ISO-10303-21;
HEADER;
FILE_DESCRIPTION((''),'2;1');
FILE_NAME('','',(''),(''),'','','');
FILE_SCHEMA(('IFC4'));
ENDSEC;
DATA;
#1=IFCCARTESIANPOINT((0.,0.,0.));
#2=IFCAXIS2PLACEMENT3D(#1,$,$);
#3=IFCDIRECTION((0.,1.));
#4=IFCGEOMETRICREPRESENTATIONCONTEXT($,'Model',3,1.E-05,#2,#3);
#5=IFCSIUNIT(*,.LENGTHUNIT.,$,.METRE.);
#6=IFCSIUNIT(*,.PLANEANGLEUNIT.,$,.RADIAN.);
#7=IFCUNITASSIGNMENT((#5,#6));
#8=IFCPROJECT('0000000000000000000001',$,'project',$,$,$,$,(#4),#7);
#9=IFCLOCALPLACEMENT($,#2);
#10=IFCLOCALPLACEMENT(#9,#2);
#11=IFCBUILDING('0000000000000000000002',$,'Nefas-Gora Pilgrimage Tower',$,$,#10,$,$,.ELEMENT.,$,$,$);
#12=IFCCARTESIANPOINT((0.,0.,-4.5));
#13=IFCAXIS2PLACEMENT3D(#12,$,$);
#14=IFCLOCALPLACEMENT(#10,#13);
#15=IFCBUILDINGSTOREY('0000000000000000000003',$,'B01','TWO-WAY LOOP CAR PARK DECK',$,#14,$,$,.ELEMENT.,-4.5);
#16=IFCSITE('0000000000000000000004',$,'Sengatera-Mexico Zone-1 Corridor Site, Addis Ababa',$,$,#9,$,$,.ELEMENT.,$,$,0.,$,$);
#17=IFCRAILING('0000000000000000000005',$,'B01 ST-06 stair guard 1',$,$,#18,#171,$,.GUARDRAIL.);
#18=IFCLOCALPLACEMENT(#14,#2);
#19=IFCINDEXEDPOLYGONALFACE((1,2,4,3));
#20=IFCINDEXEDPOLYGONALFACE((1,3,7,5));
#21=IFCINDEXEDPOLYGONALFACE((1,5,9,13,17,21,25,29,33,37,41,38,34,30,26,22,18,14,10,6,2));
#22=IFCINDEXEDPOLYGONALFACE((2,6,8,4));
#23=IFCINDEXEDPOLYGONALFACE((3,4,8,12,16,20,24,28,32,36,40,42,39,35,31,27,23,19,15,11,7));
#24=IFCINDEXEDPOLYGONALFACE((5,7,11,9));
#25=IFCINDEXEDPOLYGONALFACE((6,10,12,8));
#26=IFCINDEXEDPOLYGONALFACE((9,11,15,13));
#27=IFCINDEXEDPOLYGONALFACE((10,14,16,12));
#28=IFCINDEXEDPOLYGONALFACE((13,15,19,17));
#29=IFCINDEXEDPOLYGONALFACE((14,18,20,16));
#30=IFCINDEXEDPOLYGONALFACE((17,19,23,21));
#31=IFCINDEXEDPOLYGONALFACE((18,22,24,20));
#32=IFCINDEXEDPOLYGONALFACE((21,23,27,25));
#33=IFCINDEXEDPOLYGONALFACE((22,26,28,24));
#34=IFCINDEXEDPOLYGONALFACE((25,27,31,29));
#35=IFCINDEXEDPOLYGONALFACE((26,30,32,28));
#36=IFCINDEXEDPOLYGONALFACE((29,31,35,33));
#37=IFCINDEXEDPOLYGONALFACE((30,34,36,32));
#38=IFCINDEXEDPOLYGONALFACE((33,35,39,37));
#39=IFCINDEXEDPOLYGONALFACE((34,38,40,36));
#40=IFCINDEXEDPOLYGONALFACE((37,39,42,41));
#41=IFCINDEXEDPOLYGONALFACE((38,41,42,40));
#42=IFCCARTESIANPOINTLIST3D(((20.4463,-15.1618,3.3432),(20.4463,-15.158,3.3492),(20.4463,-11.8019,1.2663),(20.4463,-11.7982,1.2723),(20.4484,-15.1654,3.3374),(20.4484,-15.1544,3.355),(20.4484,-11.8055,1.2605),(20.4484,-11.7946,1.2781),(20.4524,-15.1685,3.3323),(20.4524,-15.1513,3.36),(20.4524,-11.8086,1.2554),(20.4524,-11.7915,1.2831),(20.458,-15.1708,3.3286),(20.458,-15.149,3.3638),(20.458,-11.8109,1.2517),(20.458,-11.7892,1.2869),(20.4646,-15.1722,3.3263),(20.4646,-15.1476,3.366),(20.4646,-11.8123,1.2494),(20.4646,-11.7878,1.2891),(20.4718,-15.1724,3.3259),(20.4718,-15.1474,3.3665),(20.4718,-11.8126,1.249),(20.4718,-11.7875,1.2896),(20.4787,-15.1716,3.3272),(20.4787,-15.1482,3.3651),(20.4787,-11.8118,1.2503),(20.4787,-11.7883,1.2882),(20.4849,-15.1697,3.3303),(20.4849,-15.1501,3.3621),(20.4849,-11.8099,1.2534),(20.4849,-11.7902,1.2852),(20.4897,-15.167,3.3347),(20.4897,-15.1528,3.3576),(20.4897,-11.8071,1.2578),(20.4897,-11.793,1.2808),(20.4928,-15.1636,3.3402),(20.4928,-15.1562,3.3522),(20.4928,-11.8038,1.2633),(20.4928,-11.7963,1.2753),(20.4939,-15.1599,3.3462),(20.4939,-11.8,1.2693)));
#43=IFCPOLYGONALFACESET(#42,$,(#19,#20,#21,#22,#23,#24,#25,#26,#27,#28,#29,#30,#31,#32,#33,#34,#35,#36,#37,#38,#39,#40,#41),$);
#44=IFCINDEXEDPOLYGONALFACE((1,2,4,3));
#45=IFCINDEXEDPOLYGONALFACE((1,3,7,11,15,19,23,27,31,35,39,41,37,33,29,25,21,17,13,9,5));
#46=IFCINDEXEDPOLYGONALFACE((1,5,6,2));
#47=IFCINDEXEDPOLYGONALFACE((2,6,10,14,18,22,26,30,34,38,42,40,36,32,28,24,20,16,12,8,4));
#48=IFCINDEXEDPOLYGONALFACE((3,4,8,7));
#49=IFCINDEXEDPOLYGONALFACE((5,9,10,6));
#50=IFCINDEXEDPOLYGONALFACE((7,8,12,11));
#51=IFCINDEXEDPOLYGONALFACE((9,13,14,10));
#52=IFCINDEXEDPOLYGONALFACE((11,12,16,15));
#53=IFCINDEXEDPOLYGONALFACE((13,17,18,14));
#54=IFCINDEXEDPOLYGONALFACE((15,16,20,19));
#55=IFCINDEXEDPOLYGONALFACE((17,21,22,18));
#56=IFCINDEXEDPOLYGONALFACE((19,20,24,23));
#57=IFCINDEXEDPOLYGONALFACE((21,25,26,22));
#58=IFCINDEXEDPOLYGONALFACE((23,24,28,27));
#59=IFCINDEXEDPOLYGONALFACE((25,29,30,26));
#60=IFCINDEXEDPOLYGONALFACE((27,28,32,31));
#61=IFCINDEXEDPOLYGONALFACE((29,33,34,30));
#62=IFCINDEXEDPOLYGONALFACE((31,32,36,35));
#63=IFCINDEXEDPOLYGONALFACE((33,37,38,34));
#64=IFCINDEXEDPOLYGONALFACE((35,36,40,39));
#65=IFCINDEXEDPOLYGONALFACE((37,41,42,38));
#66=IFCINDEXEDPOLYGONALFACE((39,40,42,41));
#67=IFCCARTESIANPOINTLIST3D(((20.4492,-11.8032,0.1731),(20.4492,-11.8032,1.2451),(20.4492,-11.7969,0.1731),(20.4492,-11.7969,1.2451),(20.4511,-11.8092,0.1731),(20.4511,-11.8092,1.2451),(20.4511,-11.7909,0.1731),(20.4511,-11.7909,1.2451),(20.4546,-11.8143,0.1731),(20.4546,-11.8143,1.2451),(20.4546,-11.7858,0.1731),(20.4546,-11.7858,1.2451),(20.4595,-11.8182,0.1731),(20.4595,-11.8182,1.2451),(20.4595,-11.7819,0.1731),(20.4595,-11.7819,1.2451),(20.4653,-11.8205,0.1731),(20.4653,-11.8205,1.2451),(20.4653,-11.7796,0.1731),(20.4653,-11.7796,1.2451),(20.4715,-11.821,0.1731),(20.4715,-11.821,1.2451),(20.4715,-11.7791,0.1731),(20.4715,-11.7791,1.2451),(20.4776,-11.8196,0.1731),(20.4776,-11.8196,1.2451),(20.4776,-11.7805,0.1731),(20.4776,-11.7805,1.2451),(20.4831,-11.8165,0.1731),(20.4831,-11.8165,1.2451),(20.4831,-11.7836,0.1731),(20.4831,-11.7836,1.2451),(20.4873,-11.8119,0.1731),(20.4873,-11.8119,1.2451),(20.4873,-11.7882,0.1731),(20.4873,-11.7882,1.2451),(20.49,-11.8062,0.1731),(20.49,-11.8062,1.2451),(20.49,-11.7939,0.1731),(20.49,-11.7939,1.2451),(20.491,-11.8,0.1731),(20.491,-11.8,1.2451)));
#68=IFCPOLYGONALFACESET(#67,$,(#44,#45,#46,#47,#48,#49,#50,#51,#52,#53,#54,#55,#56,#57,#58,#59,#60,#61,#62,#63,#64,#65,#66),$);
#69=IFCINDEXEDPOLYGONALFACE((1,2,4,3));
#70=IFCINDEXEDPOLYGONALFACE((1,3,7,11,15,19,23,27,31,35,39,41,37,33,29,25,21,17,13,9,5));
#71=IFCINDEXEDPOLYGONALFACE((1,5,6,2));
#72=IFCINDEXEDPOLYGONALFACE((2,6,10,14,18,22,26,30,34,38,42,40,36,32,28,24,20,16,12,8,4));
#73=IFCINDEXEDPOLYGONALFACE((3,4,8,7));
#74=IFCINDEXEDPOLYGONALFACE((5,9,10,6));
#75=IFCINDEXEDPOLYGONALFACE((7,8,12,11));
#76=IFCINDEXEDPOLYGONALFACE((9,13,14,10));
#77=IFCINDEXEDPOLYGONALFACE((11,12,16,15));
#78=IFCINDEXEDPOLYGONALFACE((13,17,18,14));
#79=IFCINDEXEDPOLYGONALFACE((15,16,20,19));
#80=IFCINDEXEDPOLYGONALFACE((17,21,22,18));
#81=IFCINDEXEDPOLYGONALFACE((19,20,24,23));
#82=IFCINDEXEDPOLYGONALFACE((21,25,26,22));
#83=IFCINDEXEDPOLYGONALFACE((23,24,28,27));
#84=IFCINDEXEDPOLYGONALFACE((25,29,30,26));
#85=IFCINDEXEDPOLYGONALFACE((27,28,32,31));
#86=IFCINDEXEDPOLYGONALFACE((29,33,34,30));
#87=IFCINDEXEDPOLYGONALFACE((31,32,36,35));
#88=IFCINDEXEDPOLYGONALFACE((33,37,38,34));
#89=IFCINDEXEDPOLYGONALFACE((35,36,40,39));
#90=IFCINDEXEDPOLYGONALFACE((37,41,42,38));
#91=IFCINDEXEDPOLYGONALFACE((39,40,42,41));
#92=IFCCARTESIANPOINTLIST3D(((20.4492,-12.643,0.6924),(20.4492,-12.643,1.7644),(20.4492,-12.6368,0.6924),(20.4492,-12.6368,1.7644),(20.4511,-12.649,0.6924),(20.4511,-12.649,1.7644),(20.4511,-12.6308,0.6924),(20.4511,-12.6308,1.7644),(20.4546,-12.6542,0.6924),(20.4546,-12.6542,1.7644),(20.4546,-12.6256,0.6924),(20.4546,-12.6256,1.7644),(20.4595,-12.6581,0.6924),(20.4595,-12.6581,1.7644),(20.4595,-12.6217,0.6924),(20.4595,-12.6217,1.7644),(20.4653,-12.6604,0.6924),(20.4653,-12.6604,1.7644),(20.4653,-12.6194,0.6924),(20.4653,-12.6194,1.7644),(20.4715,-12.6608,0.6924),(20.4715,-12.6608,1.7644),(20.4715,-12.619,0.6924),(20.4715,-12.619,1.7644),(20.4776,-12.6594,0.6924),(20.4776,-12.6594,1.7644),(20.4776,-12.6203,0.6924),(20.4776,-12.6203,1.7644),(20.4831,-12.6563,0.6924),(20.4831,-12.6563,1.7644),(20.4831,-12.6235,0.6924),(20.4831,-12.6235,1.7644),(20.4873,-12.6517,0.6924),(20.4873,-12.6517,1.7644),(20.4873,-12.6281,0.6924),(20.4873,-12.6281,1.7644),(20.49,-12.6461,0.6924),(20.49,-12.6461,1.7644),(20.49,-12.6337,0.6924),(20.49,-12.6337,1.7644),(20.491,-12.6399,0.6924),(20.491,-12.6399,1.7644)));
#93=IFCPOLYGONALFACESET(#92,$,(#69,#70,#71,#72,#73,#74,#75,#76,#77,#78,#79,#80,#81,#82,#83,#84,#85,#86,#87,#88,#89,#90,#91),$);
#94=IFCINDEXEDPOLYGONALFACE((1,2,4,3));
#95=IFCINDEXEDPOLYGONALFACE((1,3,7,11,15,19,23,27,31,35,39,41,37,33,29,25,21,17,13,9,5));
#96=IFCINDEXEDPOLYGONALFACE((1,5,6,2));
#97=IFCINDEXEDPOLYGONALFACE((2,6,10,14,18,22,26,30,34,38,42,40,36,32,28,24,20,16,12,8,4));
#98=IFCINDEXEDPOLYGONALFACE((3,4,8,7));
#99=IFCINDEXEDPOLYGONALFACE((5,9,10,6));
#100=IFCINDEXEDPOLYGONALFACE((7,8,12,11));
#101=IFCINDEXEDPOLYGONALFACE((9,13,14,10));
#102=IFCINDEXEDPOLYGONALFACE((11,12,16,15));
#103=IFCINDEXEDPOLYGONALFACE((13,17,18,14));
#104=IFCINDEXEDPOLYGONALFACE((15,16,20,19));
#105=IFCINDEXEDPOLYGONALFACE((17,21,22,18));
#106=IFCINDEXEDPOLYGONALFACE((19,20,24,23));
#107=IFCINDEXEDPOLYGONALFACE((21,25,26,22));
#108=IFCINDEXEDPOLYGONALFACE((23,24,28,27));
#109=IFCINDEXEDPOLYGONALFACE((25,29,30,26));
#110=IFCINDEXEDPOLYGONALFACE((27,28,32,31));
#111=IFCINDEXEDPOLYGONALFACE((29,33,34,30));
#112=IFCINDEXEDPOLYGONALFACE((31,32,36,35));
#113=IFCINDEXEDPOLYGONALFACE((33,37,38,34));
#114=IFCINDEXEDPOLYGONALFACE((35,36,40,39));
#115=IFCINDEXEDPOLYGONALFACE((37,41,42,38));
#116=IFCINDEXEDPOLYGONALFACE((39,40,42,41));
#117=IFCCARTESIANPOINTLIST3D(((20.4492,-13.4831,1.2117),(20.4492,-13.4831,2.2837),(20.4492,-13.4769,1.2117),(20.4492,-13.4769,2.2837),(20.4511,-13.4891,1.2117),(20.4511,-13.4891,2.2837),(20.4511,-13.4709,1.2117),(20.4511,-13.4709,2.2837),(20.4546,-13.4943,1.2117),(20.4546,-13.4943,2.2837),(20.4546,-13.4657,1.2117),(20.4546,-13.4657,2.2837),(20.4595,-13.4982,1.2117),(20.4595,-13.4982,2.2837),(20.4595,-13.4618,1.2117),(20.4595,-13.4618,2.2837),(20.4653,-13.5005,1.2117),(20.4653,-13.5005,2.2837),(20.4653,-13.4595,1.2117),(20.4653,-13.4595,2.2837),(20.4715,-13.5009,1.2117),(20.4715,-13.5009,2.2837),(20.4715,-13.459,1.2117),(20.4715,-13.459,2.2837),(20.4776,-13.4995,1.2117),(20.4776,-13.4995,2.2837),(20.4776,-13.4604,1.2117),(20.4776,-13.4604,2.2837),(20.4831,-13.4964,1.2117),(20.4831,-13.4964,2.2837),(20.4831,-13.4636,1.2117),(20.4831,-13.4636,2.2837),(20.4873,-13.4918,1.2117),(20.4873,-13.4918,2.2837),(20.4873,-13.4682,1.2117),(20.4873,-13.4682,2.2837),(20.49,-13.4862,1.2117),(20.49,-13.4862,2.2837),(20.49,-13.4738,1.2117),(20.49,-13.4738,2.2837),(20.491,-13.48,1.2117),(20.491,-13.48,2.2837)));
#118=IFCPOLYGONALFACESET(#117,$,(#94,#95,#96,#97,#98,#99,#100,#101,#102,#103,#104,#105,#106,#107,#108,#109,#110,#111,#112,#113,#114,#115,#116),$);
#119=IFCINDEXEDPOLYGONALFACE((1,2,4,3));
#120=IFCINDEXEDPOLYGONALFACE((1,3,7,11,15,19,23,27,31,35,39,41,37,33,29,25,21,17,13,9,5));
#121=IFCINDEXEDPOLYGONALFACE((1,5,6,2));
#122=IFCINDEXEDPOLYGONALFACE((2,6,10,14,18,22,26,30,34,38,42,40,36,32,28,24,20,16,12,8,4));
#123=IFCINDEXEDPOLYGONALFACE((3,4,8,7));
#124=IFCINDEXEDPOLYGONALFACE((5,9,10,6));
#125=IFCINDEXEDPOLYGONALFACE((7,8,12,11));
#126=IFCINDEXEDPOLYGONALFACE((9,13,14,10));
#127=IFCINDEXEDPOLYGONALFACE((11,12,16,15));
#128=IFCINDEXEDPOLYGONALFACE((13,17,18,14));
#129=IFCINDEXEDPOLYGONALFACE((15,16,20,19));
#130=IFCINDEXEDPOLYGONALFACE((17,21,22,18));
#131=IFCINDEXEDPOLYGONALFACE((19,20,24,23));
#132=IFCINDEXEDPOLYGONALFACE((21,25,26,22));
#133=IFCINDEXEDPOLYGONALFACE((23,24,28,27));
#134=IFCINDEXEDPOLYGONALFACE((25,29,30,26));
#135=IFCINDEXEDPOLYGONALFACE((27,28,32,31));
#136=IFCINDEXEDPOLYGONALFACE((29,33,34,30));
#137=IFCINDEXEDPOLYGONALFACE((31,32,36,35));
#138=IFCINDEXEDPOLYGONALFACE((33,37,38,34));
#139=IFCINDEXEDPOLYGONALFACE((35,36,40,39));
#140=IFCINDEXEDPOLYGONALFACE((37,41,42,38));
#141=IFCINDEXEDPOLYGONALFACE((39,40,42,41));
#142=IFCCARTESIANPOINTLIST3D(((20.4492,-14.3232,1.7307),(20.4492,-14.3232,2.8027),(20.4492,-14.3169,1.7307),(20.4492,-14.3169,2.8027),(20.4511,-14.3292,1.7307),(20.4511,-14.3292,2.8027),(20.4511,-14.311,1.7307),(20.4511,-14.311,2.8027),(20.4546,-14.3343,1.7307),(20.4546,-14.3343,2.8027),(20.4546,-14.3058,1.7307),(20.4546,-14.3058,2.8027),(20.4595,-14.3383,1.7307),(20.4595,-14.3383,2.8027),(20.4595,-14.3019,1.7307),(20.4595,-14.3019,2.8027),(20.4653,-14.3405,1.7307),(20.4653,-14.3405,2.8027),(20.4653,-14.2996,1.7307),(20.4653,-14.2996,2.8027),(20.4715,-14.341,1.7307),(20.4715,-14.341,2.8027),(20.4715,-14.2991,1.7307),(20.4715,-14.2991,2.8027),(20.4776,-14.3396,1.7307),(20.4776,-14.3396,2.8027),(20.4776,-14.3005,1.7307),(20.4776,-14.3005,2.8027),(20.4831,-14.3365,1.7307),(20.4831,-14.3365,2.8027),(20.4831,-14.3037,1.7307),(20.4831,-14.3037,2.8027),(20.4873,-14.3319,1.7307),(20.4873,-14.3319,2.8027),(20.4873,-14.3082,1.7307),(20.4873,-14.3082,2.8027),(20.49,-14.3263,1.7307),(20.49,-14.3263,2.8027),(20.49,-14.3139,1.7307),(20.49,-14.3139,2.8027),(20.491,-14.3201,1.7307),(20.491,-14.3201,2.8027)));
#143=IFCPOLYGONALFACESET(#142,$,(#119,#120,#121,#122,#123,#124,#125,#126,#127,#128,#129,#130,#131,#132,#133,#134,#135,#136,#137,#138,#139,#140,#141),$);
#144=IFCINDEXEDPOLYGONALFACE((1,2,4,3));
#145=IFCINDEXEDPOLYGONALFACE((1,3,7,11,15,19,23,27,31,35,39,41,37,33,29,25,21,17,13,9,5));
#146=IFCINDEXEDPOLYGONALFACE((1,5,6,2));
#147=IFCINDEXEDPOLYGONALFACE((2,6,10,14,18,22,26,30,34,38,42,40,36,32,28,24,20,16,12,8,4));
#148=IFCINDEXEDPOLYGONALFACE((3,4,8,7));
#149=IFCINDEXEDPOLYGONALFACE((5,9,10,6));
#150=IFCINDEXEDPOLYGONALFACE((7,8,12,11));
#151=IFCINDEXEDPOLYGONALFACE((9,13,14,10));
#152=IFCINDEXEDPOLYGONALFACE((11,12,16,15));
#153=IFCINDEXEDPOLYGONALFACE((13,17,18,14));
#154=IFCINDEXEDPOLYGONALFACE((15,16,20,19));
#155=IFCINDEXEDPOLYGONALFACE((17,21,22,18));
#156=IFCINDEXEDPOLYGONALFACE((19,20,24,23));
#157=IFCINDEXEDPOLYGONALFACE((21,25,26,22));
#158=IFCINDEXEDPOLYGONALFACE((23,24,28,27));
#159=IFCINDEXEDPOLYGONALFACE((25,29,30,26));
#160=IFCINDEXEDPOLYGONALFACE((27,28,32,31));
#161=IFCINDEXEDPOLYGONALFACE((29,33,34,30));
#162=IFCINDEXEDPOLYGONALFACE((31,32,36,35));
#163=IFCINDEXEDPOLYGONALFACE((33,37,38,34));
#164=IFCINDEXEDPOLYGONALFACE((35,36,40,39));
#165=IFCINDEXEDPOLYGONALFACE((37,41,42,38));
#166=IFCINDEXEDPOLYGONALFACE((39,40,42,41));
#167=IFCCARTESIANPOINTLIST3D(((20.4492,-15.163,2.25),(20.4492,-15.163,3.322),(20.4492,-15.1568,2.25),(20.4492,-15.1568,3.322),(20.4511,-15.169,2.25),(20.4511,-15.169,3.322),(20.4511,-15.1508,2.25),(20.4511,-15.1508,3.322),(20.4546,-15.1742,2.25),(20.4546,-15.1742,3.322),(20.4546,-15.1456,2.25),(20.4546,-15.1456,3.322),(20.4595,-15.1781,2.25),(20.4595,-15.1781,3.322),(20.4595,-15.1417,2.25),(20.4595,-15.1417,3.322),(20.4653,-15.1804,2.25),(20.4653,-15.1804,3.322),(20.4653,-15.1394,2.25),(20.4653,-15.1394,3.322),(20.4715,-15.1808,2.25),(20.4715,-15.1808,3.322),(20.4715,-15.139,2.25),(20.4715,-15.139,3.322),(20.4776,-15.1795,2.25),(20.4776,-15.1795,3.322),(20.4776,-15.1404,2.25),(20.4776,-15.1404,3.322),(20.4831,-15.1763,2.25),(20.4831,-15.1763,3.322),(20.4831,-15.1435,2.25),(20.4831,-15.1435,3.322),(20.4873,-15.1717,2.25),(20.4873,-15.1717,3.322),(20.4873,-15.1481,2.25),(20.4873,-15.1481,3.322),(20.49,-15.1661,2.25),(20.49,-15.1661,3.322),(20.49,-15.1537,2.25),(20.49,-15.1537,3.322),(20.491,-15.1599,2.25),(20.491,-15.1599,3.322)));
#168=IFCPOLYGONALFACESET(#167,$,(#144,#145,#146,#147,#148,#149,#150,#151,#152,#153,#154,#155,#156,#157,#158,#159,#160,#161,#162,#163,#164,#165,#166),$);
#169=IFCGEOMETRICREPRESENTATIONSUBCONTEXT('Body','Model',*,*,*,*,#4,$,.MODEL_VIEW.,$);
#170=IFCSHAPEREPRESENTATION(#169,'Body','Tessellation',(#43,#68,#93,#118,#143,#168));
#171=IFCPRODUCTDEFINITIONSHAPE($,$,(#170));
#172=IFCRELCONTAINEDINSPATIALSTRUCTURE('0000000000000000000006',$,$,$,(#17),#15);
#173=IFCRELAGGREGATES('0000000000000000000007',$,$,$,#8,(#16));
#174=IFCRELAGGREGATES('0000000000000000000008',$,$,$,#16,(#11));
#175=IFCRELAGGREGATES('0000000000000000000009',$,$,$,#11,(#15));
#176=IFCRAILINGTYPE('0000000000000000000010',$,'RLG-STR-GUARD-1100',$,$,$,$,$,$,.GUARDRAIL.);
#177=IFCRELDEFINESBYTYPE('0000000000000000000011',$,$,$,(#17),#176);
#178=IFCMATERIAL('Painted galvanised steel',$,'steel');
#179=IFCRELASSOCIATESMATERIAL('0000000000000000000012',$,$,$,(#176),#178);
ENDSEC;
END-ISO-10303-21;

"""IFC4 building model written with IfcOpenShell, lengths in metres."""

from ifc_helpers import new_model, si_unit, direction, frame, origin, origin_2d, place, context, subcontext, project, spatial, circle, extrude, material, type_object, element, save


model = new_model("IFC4")

# Units and contexts
model_context = context("Model", 3, precision=1e-05, world=origin(), true_north=direction((0.0, 1.0)))
body_context = subcontext(model_context, "Body", "Model", "MODEL_VIEW")
ifc_project = project(units=[si_unit("LENGTHUNIT", "METRE"), si_unit("PLANEANGLEUNIT", "RADIAN")], contexts=[model_context])

# Site, building, storey
site_placement = place(None, origin())
site = spatial("IfcSite", under=ifc_project, at=site_placement, Name="Sengatera-Mexico Zone-1 Corridor Site, Addis Ababa", CompositionType="ELEMENT", RefElevation=0.0)
building_placement = place(site_placement, origin())
building = spatial("IfcBuilding", under=site, at=building_placement, Name="Nefas-Gora Pilgrimage Tower", CompositionType="ELEMENT")
storey_placement = place(building_placement, frame((0.0, 0.0, -4.5)))
storey = spatial("IfcBuildingStorey", under=building, at=storey_placement, Name="B01", Description="TWO-WAY LOOP CAR PARK DECK", CompositionType="ELEMENT", Elevation=-4.5)

# Railing
ifc_material_1 = material(Name="Painted galvanised steel", Category="steel")
railing_type_1 = type_object("IfcRailingType", Name="RLG-STR-GUARD-1100", PredefinedType="GUARDRAIL", material=ifc_material_1)
railing_1_placement = place(storey_placement, frame((20.47, -11.8, 0.1731)))
element("IfcRailing", 1, at=railing_1_placement, inside=storey, type_object=railing_type_1, Name="B01 ST-06 stair guard 1", PredefinedType="GUARDRAIL", context=body_context, shape_type="SweptSolid", body=[
    extrude(circle(Radius=0.0239, at=origin_2d()), frame((0.0, 0.0, 1.0962), z_axis=(0.0, -0.850606, 0.525803), x_axis=(1.0, 0.0, 0.0)), (0.0, 0.0, 1.0), 3.95),
    extrude(circle(Radius=0.021, at=origin_2d()), origin(), (0.0, 0.0, 1.0), 1.072),
    extrude(circle(Radius=0.021, at=origin_2d()), frame((0.0, -0.8398, 0.5193)), (0.0, 0.0, 1.0), 1.072),
    extrude(circle(Radius=0.021, at=origin_2d()), frame((0.0, -1.6799, 1.0386)), (0.0, 0.0, 1.0), 1.072),
    extrude(circle(Radius=0.021, at=origin_2d()), frame((0.0, -2.52, 1.5576)), (0.0, 0.0, 1.0), 1.072),
    extrude(circle(Radius=0.021, at=origin_2d()), frame((0.0, -3.3599, 2.0769)), (0.0, 0.0, 1.0), 1.072),
])

save(model, "model.ifc")
